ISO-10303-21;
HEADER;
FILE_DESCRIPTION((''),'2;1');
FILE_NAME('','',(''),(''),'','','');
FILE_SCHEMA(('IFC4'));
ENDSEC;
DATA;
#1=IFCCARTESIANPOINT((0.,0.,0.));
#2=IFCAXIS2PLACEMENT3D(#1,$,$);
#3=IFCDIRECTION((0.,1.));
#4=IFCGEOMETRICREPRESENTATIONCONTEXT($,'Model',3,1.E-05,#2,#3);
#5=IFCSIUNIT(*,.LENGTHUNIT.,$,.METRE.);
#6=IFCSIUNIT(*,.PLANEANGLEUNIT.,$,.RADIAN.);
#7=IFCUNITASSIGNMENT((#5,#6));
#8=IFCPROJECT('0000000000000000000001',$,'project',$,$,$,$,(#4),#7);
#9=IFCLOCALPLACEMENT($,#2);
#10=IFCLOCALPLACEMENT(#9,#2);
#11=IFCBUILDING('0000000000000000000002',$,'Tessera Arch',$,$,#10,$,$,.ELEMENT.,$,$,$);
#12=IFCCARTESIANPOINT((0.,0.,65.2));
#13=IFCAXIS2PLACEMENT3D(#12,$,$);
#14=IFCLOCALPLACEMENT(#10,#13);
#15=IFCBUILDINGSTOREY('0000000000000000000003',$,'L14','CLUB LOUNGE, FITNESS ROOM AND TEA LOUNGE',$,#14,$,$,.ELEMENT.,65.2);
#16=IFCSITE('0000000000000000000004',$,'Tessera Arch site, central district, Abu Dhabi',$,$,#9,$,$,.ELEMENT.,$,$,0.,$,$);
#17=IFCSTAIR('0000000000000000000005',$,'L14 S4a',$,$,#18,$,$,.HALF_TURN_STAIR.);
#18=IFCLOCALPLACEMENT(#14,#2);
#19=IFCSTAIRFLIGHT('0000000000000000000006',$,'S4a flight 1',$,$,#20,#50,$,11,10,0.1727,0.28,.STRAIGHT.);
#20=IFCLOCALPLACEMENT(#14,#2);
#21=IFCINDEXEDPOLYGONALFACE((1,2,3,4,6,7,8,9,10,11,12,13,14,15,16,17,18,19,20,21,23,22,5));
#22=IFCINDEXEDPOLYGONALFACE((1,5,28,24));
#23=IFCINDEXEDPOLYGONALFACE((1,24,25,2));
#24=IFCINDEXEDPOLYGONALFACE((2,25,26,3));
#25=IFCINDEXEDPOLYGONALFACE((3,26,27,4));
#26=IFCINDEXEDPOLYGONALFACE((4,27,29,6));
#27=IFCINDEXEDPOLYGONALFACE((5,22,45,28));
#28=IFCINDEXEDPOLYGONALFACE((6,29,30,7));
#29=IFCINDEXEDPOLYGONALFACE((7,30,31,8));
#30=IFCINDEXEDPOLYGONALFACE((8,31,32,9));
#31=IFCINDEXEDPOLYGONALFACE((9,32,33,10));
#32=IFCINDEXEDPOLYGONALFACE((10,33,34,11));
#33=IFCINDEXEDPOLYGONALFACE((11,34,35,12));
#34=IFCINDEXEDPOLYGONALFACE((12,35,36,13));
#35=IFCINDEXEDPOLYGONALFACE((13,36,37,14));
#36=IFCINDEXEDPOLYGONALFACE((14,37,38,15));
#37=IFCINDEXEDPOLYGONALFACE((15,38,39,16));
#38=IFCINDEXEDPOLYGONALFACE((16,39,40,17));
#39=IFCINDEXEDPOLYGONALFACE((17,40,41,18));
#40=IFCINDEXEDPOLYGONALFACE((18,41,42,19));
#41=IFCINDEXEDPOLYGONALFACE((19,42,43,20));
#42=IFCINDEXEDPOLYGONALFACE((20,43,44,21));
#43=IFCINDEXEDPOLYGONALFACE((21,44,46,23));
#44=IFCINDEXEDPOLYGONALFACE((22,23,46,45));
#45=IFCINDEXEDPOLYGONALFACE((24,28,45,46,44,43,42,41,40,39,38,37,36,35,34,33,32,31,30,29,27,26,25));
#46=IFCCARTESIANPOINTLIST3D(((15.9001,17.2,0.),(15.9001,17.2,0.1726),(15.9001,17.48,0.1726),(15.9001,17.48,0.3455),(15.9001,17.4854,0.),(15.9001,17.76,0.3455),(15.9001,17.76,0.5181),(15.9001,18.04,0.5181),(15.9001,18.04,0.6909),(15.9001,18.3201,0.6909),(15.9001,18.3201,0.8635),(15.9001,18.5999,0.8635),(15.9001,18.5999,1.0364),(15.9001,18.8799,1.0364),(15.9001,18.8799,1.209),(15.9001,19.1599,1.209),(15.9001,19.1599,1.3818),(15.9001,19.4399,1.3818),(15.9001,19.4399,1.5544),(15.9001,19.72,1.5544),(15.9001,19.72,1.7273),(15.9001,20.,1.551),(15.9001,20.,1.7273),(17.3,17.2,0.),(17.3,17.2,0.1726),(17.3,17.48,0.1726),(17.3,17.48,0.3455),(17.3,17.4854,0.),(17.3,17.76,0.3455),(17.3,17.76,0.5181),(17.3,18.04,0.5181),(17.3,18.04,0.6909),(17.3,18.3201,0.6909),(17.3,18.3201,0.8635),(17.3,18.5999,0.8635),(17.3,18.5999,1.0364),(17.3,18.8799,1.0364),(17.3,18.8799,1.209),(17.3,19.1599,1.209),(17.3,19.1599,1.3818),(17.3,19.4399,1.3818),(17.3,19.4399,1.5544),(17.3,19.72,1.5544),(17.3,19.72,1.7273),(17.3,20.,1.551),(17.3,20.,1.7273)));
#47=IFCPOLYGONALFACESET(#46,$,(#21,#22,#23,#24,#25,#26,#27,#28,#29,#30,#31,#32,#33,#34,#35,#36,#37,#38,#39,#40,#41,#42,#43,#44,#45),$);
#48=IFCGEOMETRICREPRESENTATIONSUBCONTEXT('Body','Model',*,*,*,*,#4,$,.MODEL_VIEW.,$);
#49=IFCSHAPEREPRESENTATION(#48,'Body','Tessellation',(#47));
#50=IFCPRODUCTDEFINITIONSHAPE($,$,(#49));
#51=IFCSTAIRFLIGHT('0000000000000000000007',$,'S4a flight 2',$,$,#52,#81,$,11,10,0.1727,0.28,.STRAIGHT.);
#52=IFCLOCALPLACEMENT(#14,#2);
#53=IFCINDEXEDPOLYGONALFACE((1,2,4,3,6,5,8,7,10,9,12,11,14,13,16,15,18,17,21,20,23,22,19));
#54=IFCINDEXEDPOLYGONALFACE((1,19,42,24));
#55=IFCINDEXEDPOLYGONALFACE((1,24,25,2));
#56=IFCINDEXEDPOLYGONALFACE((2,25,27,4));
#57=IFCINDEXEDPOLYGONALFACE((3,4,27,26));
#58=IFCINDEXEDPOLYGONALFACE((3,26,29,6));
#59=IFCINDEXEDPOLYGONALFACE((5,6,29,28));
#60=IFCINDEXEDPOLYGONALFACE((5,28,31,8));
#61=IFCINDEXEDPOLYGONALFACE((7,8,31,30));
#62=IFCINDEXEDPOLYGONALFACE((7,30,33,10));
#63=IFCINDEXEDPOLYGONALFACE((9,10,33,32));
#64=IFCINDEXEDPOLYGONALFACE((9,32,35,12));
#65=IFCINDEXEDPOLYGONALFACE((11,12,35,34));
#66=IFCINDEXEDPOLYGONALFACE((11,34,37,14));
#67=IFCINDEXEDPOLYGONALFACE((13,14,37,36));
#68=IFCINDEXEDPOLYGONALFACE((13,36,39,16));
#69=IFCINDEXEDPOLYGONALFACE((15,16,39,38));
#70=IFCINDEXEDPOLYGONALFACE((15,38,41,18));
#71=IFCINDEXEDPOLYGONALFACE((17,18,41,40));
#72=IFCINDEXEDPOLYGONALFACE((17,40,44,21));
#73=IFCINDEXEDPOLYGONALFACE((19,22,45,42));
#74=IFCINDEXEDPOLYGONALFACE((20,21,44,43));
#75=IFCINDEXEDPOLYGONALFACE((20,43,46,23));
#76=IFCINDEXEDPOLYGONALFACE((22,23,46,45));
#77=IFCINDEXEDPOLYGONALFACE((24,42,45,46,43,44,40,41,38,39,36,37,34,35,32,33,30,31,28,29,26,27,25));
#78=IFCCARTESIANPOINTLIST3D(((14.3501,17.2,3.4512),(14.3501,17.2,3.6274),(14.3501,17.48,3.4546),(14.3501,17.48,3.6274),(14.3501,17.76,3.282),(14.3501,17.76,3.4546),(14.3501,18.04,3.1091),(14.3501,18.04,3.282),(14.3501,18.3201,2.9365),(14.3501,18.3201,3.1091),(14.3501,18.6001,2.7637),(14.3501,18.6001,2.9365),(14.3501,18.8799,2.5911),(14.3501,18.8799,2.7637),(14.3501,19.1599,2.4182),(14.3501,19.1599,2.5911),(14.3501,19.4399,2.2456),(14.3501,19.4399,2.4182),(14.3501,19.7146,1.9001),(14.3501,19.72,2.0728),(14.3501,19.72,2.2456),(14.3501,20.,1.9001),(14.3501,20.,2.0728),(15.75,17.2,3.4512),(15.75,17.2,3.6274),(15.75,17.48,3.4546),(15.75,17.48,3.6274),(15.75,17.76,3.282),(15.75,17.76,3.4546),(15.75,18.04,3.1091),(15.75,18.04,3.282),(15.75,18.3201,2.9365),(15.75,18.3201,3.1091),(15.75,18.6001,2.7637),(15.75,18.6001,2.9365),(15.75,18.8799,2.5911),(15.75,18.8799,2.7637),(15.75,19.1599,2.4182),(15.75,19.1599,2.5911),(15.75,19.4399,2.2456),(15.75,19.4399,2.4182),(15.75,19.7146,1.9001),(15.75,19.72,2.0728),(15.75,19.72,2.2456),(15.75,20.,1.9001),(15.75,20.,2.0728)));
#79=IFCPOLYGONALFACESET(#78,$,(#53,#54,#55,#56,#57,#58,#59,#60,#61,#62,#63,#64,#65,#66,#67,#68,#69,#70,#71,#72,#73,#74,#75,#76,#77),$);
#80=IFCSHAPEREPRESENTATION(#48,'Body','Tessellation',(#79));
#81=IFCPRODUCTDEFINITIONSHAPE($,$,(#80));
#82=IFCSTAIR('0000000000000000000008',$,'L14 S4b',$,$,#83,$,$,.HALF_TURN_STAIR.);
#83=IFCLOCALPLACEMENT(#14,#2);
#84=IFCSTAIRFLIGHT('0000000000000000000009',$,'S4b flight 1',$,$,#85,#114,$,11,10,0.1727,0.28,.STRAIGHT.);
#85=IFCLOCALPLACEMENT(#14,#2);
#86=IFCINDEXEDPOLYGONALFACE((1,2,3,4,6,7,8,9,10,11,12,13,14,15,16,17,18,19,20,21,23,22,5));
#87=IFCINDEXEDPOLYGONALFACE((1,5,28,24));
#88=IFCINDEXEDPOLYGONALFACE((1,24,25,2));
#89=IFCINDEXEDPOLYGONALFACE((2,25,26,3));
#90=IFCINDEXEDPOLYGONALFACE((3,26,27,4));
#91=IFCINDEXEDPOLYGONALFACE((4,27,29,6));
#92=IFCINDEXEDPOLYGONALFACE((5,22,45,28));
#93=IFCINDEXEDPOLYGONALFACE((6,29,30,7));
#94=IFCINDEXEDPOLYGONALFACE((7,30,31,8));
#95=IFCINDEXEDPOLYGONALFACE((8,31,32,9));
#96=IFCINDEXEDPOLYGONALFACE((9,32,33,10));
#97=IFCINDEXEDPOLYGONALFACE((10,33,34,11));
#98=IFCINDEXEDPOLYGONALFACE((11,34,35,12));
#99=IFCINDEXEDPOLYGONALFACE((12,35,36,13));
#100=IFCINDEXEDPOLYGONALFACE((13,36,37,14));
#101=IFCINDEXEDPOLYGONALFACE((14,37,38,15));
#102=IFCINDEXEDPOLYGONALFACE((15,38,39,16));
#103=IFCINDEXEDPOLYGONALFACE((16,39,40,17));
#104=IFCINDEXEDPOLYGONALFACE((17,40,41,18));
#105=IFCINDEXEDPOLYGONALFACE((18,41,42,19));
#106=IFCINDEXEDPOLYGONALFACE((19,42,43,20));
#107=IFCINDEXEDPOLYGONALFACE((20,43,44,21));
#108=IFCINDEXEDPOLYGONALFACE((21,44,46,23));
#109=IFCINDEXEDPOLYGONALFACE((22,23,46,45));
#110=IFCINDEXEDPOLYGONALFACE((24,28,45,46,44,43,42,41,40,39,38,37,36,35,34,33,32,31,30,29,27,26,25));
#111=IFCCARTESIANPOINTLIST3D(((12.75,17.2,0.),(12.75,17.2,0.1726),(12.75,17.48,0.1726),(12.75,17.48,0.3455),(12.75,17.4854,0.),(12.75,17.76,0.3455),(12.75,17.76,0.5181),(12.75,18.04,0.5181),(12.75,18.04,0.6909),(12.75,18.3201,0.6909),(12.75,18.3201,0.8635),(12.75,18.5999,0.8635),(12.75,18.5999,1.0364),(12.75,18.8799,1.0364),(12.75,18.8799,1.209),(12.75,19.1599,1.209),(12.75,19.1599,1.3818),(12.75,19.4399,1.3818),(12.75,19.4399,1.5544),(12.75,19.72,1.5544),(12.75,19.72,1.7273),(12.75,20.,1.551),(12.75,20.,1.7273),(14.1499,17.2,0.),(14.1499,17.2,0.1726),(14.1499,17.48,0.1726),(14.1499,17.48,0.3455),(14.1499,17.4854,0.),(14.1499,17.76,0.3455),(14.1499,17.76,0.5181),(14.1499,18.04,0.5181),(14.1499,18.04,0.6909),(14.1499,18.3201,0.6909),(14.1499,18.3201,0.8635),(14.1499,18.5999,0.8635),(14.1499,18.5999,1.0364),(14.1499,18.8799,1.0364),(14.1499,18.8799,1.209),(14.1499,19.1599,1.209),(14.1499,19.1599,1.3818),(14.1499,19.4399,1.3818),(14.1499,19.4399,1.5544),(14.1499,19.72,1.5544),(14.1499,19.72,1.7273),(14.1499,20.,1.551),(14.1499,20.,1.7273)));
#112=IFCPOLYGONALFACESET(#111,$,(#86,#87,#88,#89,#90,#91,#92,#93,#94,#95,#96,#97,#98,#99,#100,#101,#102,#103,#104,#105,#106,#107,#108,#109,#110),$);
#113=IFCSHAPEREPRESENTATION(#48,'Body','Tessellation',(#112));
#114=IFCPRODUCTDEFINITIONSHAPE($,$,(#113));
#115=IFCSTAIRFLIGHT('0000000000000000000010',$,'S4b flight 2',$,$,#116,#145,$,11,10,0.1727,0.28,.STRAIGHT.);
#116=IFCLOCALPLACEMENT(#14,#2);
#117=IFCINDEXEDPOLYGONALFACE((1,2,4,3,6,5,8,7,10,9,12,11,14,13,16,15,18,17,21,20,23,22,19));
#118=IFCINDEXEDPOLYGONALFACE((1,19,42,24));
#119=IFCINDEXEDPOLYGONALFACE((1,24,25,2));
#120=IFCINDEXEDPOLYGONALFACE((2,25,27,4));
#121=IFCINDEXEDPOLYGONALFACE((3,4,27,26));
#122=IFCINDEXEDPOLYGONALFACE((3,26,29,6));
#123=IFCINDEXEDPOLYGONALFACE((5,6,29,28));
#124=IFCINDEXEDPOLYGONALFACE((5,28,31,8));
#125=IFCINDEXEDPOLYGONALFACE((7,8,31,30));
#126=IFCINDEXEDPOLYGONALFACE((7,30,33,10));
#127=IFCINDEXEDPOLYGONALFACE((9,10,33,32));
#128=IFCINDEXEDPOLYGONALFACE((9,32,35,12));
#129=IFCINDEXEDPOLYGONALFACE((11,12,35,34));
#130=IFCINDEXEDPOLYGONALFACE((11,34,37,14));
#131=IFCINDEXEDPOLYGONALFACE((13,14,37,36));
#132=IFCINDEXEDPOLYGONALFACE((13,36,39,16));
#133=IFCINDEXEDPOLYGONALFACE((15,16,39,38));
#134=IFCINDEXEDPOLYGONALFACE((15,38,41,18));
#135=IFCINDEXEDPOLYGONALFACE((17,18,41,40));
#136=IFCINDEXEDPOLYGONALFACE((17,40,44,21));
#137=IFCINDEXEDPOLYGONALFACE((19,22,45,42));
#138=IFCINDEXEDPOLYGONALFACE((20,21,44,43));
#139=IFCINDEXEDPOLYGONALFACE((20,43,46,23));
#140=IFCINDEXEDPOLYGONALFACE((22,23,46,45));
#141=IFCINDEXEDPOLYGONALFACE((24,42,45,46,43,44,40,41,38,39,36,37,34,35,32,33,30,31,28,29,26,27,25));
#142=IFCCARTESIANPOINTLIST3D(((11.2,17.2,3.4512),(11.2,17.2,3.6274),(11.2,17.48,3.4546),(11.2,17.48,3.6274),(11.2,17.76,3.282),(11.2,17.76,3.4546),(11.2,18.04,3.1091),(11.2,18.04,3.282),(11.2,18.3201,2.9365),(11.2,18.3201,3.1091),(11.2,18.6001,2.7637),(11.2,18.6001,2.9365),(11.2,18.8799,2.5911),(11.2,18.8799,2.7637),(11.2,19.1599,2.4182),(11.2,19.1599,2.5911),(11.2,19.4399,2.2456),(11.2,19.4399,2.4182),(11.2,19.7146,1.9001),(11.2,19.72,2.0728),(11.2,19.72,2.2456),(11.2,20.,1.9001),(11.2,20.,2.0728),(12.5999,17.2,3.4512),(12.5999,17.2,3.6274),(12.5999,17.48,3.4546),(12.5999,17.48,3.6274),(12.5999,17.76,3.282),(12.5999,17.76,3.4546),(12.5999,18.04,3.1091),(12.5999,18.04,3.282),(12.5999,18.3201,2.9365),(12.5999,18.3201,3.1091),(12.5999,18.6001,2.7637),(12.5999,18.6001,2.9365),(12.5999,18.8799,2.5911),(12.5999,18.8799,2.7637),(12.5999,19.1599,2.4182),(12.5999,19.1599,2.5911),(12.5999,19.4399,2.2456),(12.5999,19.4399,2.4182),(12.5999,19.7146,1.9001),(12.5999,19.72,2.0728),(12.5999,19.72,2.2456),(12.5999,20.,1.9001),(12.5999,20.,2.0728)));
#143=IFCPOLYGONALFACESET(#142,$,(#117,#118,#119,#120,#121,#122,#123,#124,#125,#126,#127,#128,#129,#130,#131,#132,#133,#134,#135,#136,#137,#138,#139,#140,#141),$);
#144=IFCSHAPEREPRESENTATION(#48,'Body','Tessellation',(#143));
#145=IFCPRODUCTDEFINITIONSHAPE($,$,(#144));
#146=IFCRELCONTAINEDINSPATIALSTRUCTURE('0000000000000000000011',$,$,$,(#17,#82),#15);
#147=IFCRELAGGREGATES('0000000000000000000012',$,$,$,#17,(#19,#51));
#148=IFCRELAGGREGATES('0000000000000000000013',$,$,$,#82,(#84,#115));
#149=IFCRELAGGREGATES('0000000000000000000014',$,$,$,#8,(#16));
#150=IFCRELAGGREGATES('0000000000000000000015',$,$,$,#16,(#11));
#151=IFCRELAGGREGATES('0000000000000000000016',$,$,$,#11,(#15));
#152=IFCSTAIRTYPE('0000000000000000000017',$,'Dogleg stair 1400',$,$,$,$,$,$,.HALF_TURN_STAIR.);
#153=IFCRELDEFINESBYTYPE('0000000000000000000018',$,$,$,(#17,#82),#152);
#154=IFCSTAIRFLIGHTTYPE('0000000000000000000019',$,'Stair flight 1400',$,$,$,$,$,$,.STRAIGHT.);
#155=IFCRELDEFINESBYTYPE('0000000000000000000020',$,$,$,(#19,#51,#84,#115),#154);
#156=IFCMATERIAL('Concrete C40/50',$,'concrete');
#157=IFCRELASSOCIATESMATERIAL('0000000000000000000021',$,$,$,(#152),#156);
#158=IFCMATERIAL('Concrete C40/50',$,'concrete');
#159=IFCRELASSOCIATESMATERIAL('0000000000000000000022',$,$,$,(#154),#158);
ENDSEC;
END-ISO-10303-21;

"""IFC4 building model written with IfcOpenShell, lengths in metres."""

from ifc_helpers import new_model, si_unit, direction, frame, origin, place, context, subcontext, project, spatial, polyline, outline, extrude, material, type_object, element, aggregate, save


model = new_model("IFC4")

# Units and contexts
model_context = context("Model", 3, precision=1e-05, world=origin(), true_north=direction((0.0, 1.0)))
body_context = subcontext(model_context, "Body", "Model", "MODEL_VIEW")
ifc_project = project(units=[si_unit("LENGTHUNIT", "METRE"), si_unit("PLANEANGLEUNIT", "RADIAN")], contexts=[model_context])

# Site, building, storey
site_placement = place(None, origin())
site = spatial("IfcSite", under=ifc_project, at=site_placement, Name="Tessera Arch site, central district, Abu Dhabi", CompositionType="ELEMENT", RefElevation=0.0)
building_placement = place(site_placement, origin())
building = spatial("IfcBuilding", under=site, at=building_placement, Name="Tessera Arch", CompositionType="ELEMENT")
storey_placement = place(building_placement, frame((0.0, 0.0, 65.2)))
storey = spatial("IfcBuildingStorey", under=building, at=storey_placement, Name="L14", Description="CLUB LOUNGE, FITNESS ROOM AND TEA LOUNGE", CompositionType="ELEMENT", Elevation=65.2)

# Stairs, stair flights
ifc_material_1 = material(Name="Concrete C40/50", Category="concrete")
stair_type = type_object("IfcStairType", Name="Dogleg stair 1400", PredefinedType="HALF_TURN_STAIR", material=ifc_material_1)
stair_1_placement = place(storey_placement, origin())
stair_1 = element("IfcStair", 1, at=stair_1_placement, inside=storey, type_object=stair_type, Name="L14 S4a", PredefinedType="HALF_TURN_STAIR")
ifc_material_2 = material(Name="Concrete C40/50", Category="concrete")
stair_flight_type = type_object("IfcStairFlightType", Name="Stair flight 1400", PredefinedType="STRAIGHT", material=ifc_material_2)
stair_flight_1_placement = place(storey_placement, frame((16.6001, 17.2, 0.0), z_axis=(0.0, 0.0, 1.0), x_axis=(0.0, 1.0, 0.0)))
stair_flight_1 = element("IfcStairFlight", 2, at=stair_flight_1_placement, type_object=stair_flight_type, Name="S4a flight 1", NumberOfRisers=11, NumberOfTreads=10, PredefinedType="STRAIGHT", RiserHeight=0.1727, TreadLength=0.28, context=body_context, shape_type="SweptSolid", body=[
    extrude(outline(polyline([(0.0, 0.0), (0.0, 0.1726), (0.28, 0.1726), (0.28, 0.3455), (0.5601, 0.3455), (0.5601, 0.5181), (0.8401, 0.5181), (0.8401, 0.6909), (1.1201, 0.6909), (1.1201, 0.8635), (1.3999, 0.8635), (1.3999, 1.0364), (1.6799, 1.0364), (1.6799, 1.209), (1.96, 1.209), (1.96, 1.3818), (2.24, 1.3818), (2.24, 1.5544), (2.52, 1.5544), (2.52, 1.7273), (2.8, 1.7273), (2.8, 1.8999), (2.8, 1.551), (0.2854, 0.0), (0.0, 0.0)])), frame((0.0, 0.7, 0.0), z_axis=(0.0, -1.0, 0.0), x_axis=(1.0, 0.0, 0.0)), (0.0, 0.0, 1.0), 1.3999),
])
stair_flight_2_placement = place(storey_placement, frame((15.05, 20.0, 1.9001), z_axis=(0.0, 0.0, 1.0), x_axis=(0.0, -1.0, 0.0)))
stair_flight_2 = element("IfcStairFlight", 3, at=stair_flight_2_placement, type_object=stair_flight_type, Name="S4a flight 2", NumberOfRisers=11, NumberOfTreads=10, PredefinedType="STRAIGHT", RiserHeight=0.1727, TreadLength=0.28, context=body_context, shape_type="SweptSolid", body=[
    extrude(outline(polyline([(0.0, 0.0), (0.0, 0.1726), (0.28, 0.1726), (0.28, 0.3455), (0.5601, 0.3455), (0.5601, 0.5181), (0.8401, 0.5181), (0.8401, 0.6909), (1.1201, 0.6909), (1.1201, 0.8635), (1.3999, 0.8635), (1.3999, 1.0364), (1.6799, 1.0364), (1.6799, 1.209), (1.96, 1.209), (1.96, 1.3818), (2.24, 1.3818), (2.24, 1.5544), (2.52, 1.5544), (2.52, 1.7273), (2.8, 1.7273), (2.8, 1.8999), (2.8, 1.551), (0.2854, 0.0), (0.0, 0.0)])), frame((0.0, 0.7, 0.0), z_axis=(0.0, -1.0, 0.0), x_axis=(1.0, 0.0, 0.0)), (0.0, 0.0, 1.0), 1.3999),
])
aggregate(stair_1, [stair_flight_1, stair_flight_2])
stair_2_placement = place(storey_placement, origin())
stair_2 = element("IfcStair", 4, at=stair_2_placement, inside=storey, type_object=stair_type, Name="L14 S4b", PredefinedType="HALF_TURN_STAIR")
stair_flight_3_placement = place(storey_placement, frame((13.45, 17.2, 0.0), z_axis=(0.0, 0.0, 1.0), x_axis=(0.0, 1.0, 0.0)))
stair_flight_3 = element("IfcStairFlight", 5, at=stair_flight_3_placement, type_object=stair_flight_type, Name="S4b flight 1", NumberOfRisers=11, NumberOfTreads=10, PredefinedType="STRAIGHT", RiserHeight=0.1727, TreadLength=0.28, context=body_context, shape_type="SweptSolid", body=[
    extrude(outline(polyline([(0.0, 0.0), (0.0, 0.1726), (0.28, 0.1726), (0.28, 0.3455), (0.5601, 0.3455), (0.5601, 0.5181), (0.8401, 0.5181), (0.8401, 0.6909), (1.1201, 0.6909), (1.1201, 0.8635), (1.3999, 0.8635), (1.3999, 1.0364), (1.6799, 1.0364), (1.6799, 1.209), (1.96, 1.209), (1.96, 1.3818), (2.24, 1.3818), (2.24, 1.5544), (2.52, 1.5544), (2.52, 1.7273), (2.8, 1.7273), (2.8, 1.8999), (2.8, 1.551), (0.2854, 0.0), (0.0, 0.0)])), frame((0.0, 0.7, 0.0), z_axis=(0.0, -1.0, 0.0), x_axis=(1.0, 0.0, 0.0)), (0.0, 0.0, 1.0), 1.3999),
])
stair_flight_4_placement = place(storey_placement, frame((11.8999, 20.0, 1.9001), z_axis=(0.0, 0.0, 1.0), x_axis=(0.0, -1.0, 0.0)))
stair_flight_4 = element("IfcStairFlight", 6, at=stair_flight_4_placement, type_object=stair_flight_type, Name="S4b flight 2", NumberOfRisers=11, NumberOfTreads=10, PredefinedType="STRAIGHT", RiserHeight=0.1727, TreadLength=0.28, context=body_context, shape_type="SweptSolid", body=[
    extrude(outline(polyline([(0.0, 0.0), (0.0, 0.1726), (0.28, 0.1726), (0.28, 0.3455), (0.5601, 0.3455), (0.5601, 0.5181), (0.8401, 0.5181), (0.8401, 0.6909), (1.1201, 0.6909), (1.1201, 0.8635), (1.3999, 0.8635), (1.3999, 1.0364), (1.6799, 1.0364), (1.6799, 1.209), (1.96, 1.209), (1.96, 1.3818), (2.24, 1.3818), (2.24, 1.5544), (2.52, 1.5544), (2.52, 1.7273), (2.8, 1.7273), (2.8, 1.8999), (2.8, 1.551), (0.2854, 0.0), (0.0, 0.0)])), frame((0.0, 0.7, 0.0), z_axis=(0.0, -1.0, 0.0), x_axis=(1.0, 0.0, 0.0)), (0.0, 0.0, 1.0), 1.3999),
])
aggregate(stair_2, [stair_flight_3, stair_flight_4])

save(model, "model.ifc")
